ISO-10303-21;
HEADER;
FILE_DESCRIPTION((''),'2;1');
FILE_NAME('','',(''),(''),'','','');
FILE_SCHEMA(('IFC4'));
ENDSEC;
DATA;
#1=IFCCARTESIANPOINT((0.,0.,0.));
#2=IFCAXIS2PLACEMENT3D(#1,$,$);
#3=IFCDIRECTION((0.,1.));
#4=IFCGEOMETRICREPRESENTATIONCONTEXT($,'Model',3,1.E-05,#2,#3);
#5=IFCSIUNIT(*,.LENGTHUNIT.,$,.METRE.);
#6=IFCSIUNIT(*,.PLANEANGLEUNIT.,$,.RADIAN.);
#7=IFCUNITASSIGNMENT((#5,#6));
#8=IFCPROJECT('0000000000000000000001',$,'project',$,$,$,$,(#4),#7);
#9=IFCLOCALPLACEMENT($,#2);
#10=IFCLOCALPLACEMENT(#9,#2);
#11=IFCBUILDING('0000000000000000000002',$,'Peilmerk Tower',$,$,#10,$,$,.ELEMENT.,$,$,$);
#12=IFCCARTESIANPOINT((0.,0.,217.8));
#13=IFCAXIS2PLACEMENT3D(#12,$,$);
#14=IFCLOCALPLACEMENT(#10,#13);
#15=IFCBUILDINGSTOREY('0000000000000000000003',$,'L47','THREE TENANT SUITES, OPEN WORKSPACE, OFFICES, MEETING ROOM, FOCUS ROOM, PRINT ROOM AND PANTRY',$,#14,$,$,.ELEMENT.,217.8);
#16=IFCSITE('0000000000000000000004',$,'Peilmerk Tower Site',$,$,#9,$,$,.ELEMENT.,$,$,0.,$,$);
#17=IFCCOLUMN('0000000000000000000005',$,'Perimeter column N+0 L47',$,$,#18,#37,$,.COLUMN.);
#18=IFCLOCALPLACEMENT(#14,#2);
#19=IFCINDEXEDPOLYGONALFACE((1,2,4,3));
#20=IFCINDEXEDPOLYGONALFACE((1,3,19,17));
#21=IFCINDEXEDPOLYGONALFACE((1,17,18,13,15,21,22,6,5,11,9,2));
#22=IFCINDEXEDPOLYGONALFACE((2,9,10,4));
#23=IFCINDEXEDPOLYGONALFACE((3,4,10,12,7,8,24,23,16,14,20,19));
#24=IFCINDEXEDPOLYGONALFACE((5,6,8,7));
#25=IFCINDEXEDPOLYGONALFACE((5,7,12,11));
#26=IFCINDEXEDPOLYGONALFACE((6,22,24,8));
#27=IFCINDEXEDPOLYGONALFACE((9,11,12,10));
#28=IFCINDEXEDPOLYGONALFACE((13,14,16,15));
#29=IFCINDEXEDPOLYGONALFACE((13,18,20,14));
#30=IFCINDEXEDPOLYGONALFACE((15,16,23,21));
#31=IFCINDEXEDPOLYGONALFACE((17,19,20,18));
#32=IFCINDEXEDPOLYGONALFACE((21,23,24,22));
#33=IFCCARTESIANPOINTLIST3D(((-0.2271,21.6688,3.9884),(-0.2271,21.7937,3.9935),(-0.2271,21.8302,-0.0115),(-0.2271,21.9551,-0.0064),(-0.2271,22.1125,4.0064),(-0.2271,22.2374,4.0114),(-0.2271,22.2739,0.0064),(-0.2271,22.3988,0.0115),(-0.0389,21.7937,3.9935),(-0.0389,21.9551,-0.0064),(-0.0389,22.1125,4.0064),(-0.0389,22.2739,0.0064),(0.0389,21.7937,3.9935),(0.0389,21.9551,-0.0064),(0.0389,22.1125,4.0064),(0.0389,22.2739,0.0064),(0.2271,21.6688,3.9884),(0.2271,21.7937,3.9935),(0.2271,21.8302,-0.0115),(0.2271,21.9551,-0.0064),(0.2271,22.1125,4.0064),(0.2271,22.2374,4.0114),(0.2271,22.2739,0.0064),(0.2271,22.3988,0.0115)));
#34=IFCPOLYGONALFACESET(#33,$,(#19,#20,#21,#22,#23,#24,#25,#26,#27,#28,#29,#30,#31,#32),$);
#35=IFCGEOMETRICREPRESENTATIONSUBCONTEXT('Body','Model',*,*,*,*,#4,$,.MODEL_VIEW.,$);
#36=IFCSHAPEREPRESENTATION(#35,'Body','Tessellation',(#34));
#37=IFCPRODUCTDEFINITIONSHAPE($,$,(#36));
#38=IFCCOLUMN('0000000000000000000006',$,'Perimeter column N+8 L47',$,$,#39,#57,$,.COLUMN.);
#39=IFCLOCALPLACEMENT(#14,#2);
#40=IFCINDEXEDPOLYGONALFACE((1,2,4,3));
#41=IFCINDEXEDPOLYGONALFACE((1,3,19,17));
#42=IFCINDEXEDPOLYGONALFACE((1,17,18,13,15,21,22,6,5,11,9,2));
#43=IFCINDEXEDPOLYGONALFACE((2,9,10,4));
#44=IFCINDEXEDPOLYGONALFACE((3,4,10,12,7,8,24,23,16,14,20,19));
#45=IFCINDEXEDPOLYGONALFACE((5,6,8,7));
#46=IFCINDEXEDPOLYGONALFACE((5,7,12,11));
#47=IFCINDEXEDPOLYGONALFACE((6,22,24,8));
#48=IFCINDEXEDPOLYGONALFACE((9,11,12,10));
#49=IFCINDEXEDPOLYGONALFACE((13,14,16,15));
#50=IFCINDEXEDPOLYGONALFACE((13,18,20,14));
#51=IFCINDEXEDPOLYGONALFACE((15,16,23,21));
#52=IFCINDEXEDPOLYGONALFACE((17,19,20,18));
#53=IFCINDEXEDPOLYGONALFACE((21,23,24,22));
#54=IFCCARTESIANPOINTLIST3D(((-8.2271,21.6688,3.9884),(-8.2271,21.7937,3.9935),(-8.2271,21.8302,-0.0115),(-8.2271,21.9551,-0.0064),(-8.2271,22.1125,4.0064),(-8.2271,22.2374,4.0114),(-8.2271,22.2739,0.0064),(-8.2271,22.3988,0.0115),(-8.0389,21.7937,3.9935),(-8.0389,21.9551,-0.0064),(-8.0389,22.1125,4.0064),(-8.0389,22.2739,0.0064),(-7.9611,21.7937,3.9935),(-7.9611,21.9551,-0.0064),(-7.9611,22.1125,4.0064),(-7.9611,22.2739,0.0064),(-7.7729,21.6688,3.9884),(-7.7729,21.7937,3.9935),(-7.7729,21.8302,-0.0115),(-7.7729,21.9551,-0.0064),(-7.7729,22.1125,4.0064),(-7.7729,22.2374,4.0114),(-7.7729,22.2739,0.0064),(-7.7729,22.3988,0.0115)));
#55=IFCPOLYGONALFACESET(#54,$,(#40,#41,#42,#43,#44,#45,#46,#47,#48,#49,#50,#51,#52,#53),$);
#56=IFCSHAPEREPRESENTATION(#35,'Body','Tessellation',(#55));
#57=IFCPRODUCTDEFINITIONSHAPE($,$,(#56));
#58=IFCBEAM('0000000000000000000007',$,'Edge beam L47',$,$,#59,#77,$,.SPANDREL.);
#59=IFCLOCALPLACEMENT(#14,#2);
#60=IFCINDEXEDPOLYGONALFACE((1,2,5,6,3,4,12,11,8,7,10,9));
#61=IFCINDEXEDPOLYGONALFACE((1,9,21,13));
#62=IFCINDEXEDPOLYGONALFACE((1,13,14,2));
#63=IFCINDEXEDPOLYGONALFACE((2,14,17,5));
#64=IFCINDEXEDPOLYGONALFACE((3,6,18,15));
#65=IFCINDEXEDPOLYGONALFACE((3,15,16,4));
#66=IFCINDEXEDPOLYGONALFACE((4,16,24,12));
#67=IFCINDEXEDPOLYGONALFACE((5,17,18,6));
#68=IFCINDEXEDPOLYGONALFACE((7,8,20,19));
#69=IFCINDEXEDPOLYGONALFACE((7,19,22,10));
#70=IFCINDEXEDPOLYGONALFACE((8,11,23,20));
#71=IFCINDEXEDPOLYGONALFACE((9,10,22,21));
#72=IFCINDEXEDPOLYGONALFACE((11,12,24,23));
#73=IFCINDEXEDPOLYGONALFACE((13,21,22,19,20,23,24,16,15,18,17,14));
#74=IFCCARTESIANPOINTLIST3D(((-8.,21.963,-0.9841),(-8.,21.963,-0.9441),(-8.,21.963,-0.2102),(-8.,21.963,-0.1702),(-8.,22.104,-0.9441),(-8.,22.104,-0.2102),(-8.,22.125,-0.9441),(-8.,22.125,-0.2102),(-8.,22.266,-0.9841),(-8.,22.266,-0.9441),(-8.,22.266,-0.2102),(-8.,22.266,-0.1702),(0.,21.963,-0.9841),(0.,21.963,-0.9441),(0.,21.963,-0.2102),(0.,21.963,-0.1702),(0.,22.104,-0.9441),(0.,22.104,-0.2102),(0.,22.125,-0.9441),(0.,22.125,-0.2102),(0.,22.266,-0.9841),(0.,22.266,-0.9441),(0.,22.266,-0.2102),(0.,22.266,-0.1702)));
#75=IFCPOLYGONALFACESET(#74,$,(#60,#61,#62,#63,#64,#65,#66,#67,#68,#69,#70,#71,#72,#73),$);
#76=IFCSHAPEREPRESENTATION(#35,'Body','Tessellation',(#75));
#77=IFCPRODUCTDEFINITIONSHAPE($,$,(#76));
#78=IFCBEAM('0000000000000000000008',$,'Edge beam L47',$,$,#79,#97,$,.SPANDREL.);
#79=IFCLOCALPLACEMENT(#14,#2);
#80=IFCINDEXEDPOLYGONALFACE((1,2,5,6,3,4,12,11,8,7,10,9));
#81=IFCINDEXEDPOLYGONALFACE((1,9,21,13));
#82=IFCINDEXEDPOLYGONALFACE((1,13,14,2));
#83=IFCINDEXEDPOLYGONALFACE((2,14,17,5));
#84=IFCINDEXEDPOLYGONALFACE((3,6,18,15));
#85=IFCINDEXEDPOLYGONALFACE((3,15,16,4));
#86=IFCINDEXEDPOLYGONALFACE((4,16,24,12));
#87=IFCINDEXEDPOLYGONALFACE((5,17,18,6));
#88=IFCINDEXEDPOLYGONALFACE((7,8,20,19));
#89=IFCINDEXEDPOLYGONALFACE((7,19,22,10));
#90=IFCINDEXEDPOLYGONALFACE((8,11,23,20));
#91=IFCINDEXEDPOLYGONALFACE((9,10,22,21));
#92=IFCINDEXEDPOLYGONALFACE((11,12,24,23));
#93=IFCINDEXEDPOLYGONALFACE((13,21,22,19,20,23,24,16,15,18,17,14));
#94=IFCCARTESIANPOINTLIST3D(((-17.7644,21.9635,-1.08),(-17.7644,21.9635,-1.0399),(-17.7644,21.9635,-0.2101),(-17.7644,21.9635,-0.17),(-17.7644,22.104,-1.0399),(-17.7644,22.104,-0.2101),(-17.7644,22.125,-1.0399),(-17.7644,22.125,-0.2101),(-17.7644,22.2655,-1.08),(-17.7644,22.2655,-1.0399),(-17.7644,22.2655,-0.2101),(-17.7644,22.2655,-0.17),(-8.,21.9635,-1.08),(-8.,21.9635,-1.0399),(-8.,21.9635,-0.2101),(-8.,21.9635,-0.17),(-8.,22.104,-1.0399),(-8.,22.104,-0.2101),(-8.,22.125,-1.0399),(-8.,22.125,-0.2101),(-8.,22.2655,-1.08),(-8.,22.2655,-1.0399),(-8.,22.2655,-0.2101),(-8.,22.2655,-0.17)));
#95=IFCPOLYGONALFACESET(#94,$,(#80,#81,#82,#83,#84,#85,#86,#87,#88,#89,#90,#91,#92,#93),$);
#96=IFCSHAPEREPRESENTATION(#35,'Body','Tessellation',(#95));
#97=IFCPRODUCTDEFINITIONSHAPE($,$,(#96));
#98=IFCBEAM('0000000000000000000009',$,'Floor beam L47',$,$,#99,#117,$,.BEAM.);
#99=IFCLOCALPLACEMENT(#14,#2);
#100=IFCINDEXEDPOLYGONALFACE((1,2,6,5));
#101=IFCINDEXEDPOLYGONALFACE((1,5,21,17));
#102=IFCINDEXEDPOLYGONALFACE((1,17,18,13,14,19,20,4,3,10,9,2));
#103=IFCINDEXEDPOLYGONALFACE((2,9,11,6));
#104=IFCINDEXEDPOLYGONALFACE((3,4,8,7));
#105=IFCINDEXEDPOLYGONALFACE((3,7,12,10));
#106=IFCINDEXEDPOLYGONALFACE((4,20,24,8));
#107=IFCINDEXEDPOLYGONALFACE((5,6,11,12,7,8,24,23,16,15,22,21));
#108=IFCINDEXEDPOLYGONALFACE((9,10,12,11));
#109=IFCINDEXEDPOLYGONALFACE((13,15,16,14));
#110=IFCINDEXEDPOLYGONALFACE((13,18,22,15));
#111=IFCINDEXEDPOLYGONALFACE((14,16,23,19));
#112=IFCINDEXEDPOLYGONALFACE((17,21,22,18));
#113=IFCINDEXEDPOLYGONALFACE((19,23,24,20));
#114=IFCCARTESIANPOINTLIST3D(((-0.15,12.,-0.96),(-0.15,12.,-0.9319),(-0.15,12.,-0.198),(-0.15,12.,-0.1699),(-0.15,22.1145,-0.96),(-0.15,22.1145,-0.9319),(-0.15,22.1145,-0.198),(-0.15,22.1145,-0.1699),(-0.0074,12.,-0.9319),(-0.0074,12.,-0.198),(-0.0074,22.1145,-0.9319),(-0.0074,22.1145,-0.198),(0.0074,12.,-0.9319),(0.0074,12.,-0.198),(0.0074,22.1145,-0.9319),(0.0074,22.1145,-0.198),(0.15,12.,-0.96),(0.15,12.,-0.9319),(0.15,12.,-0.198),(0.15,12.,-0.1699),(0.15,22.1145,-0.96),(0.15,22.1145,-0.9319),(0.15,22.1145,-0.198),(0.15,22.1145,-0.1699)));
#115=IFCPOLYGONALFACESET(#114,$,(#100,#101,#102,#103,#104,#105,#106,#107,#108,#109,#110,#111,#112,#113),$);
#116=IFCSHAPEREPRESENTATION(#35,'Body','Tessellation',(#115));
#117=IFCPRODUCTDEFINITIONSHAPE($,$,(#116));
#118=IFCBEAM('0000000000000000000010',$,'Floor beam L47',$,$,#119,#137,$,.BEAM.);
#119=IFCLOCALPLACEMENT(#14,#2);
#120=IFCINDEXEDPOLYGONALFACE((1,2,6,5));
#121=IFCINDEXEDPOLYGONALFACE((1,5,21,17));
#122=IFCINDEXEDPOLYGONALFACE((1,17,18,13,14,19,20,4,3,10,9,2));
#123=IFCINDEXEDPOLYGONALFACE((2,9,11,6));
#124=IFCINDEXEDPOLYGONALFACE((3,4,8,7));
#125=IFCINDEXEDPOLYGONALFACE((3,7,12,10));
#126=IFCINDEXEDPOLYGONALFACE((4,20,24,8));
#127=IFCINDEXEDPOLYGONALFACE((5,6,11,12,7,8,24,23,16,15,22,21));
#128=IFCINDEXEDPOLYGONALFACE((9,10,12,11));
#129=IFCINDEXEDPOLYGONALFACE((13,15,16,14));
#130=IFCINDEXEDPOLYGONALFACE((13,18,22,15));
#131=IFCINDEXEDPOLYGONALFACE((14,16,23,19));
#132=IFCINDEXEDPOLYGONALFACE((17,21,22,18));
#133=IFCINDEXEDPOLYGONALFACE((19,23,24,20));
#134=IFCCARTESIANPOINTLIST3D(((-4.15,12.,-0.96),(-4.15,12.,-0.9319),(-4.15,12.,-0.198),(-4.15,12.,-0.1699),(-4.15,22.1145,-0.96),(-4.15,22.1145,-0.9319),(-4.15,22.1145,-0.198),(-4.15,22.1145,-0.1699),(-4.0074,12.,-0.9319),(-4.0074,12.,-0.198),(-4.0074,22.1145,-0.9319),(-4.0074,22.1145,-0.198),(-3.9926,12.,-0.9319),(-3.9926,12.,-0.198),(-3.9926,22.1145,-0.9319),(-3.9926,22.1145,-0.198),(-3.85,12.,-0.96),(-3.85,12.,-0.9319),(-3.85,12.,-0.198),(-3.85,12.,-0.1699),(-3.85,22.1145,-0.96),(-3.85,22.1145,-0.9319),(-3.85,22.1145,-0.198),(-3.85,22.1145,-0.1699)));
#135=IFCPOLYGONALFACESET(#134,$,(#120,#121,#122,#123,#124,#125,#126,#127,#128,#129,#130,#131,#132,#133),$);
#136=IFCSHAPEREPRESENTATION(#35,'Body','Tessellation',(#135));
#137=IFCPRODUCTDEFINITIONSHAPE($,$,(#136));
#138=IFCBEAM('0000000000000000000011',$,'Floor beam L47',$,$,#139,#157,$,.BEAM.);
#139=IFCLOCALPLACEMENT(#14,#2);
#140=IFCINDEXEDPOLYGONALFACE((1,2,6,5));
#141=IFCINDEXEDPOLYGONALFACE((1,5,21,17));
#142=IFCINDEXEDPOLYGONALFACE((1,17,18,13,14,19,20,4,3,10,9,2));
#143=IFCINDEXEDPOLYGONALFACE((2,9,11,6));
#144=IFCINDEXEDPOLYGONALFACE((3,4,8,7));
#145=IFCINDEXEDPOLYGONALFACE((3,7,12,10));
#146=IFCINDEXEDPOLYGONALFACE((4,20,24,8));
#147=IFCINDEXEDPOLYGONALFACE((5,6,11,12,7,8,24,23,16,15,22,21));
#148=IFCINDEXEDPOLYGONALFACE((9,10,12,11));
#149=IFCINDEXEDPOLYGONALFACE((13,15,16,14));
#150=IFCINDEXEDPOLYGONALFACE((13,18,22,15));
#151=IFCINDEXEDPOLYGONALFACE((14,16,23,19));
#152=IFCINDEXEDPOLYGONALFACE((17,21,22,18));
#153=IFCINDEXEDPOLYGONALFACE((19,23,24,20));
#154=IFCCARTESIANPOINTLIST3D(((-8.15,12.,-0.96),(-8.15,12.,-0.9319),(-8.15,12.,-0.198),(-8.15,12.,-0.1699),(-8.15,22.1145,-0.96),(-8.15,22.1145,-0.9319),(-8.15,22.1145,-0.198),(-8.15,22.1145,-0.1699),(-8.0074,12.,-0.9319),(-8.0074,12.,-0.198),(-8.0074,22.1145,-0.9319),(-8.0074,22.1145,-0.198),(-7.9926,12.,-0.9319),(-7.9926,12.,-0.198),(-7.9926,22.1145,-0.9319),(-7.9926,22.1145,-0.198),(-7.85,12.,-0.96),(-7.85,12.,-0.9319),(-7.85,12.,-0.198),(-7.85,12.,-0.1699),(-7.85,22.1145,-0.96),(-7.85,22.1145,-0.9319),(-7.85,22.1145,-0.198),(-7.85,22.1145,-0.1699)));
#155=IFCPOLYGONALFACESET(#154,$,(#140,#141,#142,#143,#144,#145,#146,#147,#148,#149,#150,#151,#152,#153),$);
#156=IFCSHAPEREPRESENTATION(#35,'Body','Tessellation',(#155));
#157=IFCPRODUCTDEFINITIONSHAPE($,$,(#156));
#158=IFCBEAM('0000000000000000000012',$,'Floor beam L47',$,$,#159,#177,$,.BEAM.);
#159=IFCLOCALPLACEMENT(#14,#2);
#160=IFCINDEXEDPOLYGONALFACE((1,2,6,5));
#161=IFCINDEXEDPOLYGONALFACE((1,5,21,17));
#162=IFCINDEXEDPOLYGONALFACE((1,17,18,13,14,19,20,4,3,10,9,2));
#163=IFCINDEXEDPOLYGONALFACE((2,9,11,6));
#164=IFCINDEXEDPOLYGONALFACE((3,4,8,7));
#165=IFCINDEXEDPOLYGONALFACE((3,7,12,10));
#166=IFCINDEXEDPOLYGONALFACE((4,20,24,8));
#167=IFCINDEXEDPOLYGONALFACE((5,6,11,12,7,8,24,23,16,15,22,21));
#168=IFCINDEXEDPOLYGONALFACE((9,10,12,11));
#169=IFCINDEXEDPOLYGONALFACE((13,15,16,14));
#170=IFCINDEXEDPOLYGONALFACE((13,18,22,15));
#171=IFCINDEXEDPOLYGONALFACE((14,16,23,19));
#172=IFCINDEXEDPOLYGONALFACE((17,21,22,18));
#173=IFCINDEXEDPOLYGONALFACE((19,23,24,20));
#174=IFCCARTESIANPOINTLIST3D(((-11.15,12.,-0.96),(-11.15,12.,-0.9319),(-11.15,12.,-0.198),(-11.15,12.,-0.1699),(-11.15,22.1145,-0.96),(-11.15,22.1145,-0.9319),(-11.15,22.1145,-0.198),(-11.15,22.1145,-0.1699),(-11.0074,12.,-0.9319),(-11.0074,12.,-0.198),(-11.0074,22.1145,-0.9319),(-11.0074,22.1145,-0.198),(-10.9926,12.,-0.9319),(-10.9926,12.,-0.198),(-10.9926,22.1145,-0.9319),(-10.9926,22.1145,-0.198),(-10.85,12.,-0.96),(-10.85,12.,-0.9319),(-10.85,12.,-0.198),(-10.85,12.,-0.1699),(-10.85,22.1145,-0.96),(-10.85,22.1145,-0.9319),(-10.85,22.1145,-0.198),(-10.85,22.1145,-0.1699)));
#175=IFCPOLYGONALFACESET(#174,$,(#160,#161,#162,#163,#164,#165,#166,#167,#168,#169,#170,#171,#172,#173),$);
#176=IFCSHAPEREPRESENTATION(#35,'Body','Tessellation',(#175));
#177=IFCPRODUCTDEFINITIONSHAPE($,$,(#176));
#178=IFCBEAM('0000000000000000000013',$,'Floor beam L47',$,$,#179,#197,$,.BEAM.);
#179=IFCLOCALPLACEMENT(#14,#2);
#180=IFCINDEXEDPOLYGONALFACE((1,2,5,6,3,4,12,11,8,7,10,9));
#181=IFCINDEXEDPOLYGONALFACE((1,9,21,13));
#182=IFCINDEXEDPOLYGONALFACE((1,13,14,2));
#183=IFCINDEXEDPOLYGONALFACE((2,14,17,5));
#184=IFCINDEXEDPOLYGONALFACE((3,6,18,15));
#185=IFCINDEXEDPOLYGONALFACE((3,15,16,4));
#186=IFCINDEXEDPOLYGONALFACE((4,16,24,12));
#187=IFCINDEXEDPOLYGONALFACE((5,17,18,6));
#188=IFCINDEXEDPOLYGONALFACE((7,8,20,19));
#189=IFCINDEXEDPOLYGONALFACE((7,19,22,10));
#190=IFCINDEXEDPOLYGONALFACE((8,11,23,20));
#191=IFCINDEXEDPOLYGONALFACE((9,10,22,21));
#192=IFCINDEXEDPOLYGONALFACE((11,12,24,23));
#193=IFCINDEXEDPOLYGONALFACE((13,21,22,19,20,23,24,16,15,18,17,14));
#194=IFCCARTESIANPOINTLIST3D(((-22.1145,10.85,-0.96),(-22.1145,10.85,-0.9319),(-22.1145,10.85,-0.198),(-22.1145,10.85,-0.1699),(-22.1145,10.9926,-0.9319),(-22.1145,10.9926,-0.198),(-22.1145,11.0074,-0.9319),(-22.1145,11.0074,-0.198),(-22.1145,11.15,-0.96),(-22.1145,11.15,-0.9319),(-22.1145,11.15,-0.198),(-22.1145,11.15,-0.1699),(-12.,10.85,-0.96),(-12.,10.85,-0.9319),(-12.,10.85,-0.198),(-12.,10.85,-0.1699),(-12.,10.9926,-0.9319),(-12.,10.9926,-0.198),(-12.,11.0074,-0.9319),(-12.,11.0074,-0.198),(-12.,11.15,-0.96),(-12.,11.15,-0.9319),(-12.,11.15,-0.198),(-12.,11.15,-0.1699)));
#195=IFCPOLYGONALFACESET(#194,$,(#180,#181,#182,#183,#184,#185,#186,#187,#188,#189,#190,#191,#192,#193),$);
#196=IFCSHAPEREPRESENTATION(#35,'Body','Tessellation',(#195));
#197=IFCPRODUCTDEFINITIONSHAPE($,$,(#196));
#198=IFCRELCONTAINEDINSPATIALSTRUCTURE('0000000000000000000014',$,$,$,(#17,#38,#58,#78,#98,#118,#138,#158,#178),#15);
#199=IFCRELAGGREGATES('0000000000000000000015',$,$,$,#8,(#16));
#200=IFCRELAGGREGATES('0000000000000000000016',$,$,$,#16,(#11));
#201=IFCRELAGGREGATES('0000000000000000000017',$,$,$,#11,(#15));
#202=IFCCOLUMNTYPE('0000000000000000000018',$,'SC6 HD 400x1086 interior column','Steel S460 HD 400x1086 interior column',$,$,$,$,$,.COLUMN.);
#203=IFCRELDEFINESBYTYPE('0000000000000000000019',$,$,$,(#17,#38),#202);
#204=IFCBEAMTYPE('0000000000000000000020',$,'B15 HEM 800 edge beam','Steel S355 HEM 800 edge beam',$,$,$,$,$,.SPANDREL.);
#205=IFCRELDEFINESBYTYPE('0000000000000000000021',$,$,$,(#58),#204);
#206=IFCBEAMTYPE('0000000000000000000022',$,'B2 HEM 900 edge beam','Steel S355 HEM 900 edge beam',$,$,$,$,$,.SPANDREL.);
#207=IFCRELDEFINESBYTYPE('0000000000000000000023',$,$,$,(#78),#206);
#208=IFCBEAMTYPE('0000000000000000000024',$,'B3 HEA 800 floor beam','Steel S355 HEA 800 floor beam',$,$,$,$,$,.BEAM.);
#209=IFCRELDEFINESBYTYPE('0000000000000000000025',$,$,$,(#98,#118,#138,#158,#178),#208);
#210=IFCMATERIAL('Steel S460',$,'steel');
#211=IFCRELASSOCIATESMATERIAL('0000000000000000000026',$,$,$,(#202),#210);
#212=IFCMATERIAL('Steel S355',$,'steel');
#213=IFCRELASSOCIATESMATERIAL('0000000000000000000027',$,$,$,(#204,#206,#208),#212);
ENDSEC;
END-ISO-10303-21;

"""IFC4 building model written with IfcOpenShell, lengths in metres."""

from ifc_helpers import new_model, si_unit, direction, frame, origin, origin_2d, place, context, subcontext, project, spatial, i_section, extrude, material, material_profile, profile_set, type_object, element, save


model = new_model("IFC4")

# Units and contexts
model_context = context("Model", 3, precision=1e-05, world=origin(), true_north=direction((0.0, 1.0)))
body_context = subcontext(model_context, "Body", "Model", "MODEL_VIEW")
ifc_project = project(units=[si_unit("LENGTHUNIT", "METRE"), si_unit("PLANEANGLEUNIT", "RADIAN")], contexts=[model_context])

# Site, building, storey
site_placement = place(None, origin())
site = spatial("IfcSite", under=ifc_project, at=site_placement, Name="Peilmerk Tower Site", CompositionType="ELEMENT", RefElevation=0.0)
building_placement = place(site_placement, origin())
building = spatial("IfcBuilding", under=site, at=building_placement, Name="Peilmerk Tower", CompositionType="ELEMENT")
storey_placement = place(building_placement, frame((0.0, 0.0, 217.8)))
storey = spatial("IfcBuildingStorey", under=building, at=storey_placement, Name="L47", Description="THREE TENANT SUITES, OPEN WORKSPACE, OFFICES, MEETING ROOM, FOCUS ROOM, PRINT ROOM AND PANTRY", CompositionType="ELEMENT", Elevation=217.8)

# Columns
ifc_material_1 = material(Name="Steel S460", Category="steel")
ifc_material_profile_1 = material_profile(ifc_material_1, i_section(OverallWidth=0.4541, OverallDepth=0.5691, WebThickness=0.0779, FlangeThickness=0.125, at=origin_2d()), Name="HD 400x1086")
ifc_profile_set_1 = profile_set([ifc_material_profile_1], Name="Steel S460")
column_type = type_object("IfcColumnType", Name="SC6 HD 400x1086 interior column", Description="Steel S460 HD 400x1086 interior column", PredefinedType="COLUMN", material=ifc_profile_set_1)
for number, where, z_axis, x_axis, name in (
    (1, (0.0, 22.1145, 0.0), (0.0, -0.040311, 0.999187), (1.0, 0.0, 0.0), "Perimeter column N+0 L47"),
    (2, (-8.0, 22.1145, 0.0), (0.0, -0.040311, 0.999187), (1.0, 0.0, 0.0), "Perimeter column N+8 L47"),
):
    element("IfcColumn", number, at=place(storey_placement, frame(where, z_axis=z_axis, x_axis=x_axis)), inside=storey, type_object=column_type, Name=name, PredefinedType="COLUMN", context=body_context, shape_type="SweptSolid", body=[
        extrude(i_section(OverallWidth=0.4541, OverallDepth=0.5691, WebThickness=0.0779, FlangeThickness=0.125, at=origin_2d()), origin(), (0.0, 0.0, 1.0), 4.0032),
    ])

# Beams
ifc_material_2 = material(Name="Steel S355", Category="steel")
ifc_material_profile_2 = material_profile(ifc_material_2, i_section(OverallWidth=0.303, OverallDepth=0.814, WebThickness=0.021, FlangeThickness=0.04, at=origin_2d()), Name="HEM 800")
ifc_profile_set_2 = profile_set([ifc_material_profile_2], Name="Steel S355")
beam_type_1 = type_object("IfcBeamType", Name="B15 HEM 800 edge beam", Description="Steel S355 HEM 800 edge beam", PredefinedType="SPANDREL", material=ifc_profile_set_2)
beam_1_placement = place(storey_placement, frame((0.0, 22.1145, -0.5771), z_axis=(-1.0, 0.0, 0.0), x_axis=(0.0, -1.0, 0.0)))
element("IfcBeam", 3, at=beam_1_placement, inside=storey, type_object=beam_type_1, Name="Edge beam L47", PredefinedType="SPANDREL", context=body_context, shape_type="SweptSolid", body=[
    extrude(i_section(OverallWidth=0.303, OverallDepth=0.814, WebThickness=0.021, FlangeThickness=0.04, at=origin_2d()), origin(), (0.0, 0.0, 1.0), 8.0),
])
ifc_material_profile_3 = material_profile(ifc_material_2, i_section(OverallWidth=0.302, OverallDepth=0.9099, WebThickness=0.021, FlangeThickness=0.04, at=origin_2d()), Name="HEM 900")
ifc_profile_set_3 = profile_set([ifc_material_profile_3], Name="Steel S355")
beam_type_2 = type_object("IfcBeamType", Name="B2 HEM 900 edge beam", Description="Steel S355 HEM 900 edge beam", PredefinedType="SPANDREL", material=ifc_profile_set_3)
beam_2_placement = place(storey_placement, frame((-8.0, 22.1145, -0.625), z_axis=(-1.0, 0.0, 0.0), x_axis=(0.0, -1.0, 0.0)))
element("IfcBeam", 4, at=beam_2_placement, inside=storey, type_object=beam_type_2, Name="Edge beam L47", PredefinedType="SPANDREL", context=body_context, shape_type="SweptSolid", body=[
    extrude(i_section(OverallWidth=0.302, OverallDepth=0.9099, WebThickness=0.021, FlangeThickness=0.04, at=origin_2d()), origin(), (0.0, 0.0, 1.0), 9.7644),
])
ifc_material_profile_4 = material_profile(ifc_material_2, i_section(OverallWidth=0.3, OverallDepth=0.79, WebThickness=0.0149, FlangeThickness=0.0281, at=origin_2d()), Name="HEA 800")
ifc_profile_set_4 = profile_set([ifc_material_profile_4], Name="Steel S355")
beam_type_3 = type_object("IfcBeamType", Name="B3 HEA 800 floor beam", Description="Steel S355 HEA 800 floor beam", PredefinedType="BEAM", material=ifc_profile_set_4)
for number, where, z_axis, x_axis, name in (
    (5, (0.0, 12.0, -0.5649), (0.0, 1.0, 0.0), (-1.0, 0.0, 0.0), "Floor beam L47"),
    (6, (-4.0, 12.0, -0.5649), (0.0, 1.0, 0.0), (-1.0, 0.0, 0.0), "Floor beam L47"),
    (7, (-8.0, 12.0, -0.5649), (0.0, 1.0, 0.0), (-1.0, 0.0, 0.0), "Floor beam L47"),
    (8, (-11.0, 12.0, -0.5649), (0.0, 1.0, 0.0), (-1.0, 0.0, 0.0), "Floor beam L47"),
    (9, (-12.0, 11.0, -0.5649), (-1.0, 0.0, 0.0), (0.0, -1.0, 0.0), "Floor beam L47"),
):
    element("IfcBeam", number, at=place(storey_placement, frame(where, z_axis=z_axis, x_axis=x_axis)), inside=storey, type_object=beam_type_3, Name=name, PredefinedType="BEAM", context=body_context, shape_type="SweptSolid", body=[
        extrude(i_section(OverallWidth=0.3, OverallDepth=0.79, WebThickness=0.0149, FlangeThickness=0.0281, at=origin_2d()), origin(), (0.0, 0.0, 1.0), 10.1145),
    ])

save(model, "model.ifc")
